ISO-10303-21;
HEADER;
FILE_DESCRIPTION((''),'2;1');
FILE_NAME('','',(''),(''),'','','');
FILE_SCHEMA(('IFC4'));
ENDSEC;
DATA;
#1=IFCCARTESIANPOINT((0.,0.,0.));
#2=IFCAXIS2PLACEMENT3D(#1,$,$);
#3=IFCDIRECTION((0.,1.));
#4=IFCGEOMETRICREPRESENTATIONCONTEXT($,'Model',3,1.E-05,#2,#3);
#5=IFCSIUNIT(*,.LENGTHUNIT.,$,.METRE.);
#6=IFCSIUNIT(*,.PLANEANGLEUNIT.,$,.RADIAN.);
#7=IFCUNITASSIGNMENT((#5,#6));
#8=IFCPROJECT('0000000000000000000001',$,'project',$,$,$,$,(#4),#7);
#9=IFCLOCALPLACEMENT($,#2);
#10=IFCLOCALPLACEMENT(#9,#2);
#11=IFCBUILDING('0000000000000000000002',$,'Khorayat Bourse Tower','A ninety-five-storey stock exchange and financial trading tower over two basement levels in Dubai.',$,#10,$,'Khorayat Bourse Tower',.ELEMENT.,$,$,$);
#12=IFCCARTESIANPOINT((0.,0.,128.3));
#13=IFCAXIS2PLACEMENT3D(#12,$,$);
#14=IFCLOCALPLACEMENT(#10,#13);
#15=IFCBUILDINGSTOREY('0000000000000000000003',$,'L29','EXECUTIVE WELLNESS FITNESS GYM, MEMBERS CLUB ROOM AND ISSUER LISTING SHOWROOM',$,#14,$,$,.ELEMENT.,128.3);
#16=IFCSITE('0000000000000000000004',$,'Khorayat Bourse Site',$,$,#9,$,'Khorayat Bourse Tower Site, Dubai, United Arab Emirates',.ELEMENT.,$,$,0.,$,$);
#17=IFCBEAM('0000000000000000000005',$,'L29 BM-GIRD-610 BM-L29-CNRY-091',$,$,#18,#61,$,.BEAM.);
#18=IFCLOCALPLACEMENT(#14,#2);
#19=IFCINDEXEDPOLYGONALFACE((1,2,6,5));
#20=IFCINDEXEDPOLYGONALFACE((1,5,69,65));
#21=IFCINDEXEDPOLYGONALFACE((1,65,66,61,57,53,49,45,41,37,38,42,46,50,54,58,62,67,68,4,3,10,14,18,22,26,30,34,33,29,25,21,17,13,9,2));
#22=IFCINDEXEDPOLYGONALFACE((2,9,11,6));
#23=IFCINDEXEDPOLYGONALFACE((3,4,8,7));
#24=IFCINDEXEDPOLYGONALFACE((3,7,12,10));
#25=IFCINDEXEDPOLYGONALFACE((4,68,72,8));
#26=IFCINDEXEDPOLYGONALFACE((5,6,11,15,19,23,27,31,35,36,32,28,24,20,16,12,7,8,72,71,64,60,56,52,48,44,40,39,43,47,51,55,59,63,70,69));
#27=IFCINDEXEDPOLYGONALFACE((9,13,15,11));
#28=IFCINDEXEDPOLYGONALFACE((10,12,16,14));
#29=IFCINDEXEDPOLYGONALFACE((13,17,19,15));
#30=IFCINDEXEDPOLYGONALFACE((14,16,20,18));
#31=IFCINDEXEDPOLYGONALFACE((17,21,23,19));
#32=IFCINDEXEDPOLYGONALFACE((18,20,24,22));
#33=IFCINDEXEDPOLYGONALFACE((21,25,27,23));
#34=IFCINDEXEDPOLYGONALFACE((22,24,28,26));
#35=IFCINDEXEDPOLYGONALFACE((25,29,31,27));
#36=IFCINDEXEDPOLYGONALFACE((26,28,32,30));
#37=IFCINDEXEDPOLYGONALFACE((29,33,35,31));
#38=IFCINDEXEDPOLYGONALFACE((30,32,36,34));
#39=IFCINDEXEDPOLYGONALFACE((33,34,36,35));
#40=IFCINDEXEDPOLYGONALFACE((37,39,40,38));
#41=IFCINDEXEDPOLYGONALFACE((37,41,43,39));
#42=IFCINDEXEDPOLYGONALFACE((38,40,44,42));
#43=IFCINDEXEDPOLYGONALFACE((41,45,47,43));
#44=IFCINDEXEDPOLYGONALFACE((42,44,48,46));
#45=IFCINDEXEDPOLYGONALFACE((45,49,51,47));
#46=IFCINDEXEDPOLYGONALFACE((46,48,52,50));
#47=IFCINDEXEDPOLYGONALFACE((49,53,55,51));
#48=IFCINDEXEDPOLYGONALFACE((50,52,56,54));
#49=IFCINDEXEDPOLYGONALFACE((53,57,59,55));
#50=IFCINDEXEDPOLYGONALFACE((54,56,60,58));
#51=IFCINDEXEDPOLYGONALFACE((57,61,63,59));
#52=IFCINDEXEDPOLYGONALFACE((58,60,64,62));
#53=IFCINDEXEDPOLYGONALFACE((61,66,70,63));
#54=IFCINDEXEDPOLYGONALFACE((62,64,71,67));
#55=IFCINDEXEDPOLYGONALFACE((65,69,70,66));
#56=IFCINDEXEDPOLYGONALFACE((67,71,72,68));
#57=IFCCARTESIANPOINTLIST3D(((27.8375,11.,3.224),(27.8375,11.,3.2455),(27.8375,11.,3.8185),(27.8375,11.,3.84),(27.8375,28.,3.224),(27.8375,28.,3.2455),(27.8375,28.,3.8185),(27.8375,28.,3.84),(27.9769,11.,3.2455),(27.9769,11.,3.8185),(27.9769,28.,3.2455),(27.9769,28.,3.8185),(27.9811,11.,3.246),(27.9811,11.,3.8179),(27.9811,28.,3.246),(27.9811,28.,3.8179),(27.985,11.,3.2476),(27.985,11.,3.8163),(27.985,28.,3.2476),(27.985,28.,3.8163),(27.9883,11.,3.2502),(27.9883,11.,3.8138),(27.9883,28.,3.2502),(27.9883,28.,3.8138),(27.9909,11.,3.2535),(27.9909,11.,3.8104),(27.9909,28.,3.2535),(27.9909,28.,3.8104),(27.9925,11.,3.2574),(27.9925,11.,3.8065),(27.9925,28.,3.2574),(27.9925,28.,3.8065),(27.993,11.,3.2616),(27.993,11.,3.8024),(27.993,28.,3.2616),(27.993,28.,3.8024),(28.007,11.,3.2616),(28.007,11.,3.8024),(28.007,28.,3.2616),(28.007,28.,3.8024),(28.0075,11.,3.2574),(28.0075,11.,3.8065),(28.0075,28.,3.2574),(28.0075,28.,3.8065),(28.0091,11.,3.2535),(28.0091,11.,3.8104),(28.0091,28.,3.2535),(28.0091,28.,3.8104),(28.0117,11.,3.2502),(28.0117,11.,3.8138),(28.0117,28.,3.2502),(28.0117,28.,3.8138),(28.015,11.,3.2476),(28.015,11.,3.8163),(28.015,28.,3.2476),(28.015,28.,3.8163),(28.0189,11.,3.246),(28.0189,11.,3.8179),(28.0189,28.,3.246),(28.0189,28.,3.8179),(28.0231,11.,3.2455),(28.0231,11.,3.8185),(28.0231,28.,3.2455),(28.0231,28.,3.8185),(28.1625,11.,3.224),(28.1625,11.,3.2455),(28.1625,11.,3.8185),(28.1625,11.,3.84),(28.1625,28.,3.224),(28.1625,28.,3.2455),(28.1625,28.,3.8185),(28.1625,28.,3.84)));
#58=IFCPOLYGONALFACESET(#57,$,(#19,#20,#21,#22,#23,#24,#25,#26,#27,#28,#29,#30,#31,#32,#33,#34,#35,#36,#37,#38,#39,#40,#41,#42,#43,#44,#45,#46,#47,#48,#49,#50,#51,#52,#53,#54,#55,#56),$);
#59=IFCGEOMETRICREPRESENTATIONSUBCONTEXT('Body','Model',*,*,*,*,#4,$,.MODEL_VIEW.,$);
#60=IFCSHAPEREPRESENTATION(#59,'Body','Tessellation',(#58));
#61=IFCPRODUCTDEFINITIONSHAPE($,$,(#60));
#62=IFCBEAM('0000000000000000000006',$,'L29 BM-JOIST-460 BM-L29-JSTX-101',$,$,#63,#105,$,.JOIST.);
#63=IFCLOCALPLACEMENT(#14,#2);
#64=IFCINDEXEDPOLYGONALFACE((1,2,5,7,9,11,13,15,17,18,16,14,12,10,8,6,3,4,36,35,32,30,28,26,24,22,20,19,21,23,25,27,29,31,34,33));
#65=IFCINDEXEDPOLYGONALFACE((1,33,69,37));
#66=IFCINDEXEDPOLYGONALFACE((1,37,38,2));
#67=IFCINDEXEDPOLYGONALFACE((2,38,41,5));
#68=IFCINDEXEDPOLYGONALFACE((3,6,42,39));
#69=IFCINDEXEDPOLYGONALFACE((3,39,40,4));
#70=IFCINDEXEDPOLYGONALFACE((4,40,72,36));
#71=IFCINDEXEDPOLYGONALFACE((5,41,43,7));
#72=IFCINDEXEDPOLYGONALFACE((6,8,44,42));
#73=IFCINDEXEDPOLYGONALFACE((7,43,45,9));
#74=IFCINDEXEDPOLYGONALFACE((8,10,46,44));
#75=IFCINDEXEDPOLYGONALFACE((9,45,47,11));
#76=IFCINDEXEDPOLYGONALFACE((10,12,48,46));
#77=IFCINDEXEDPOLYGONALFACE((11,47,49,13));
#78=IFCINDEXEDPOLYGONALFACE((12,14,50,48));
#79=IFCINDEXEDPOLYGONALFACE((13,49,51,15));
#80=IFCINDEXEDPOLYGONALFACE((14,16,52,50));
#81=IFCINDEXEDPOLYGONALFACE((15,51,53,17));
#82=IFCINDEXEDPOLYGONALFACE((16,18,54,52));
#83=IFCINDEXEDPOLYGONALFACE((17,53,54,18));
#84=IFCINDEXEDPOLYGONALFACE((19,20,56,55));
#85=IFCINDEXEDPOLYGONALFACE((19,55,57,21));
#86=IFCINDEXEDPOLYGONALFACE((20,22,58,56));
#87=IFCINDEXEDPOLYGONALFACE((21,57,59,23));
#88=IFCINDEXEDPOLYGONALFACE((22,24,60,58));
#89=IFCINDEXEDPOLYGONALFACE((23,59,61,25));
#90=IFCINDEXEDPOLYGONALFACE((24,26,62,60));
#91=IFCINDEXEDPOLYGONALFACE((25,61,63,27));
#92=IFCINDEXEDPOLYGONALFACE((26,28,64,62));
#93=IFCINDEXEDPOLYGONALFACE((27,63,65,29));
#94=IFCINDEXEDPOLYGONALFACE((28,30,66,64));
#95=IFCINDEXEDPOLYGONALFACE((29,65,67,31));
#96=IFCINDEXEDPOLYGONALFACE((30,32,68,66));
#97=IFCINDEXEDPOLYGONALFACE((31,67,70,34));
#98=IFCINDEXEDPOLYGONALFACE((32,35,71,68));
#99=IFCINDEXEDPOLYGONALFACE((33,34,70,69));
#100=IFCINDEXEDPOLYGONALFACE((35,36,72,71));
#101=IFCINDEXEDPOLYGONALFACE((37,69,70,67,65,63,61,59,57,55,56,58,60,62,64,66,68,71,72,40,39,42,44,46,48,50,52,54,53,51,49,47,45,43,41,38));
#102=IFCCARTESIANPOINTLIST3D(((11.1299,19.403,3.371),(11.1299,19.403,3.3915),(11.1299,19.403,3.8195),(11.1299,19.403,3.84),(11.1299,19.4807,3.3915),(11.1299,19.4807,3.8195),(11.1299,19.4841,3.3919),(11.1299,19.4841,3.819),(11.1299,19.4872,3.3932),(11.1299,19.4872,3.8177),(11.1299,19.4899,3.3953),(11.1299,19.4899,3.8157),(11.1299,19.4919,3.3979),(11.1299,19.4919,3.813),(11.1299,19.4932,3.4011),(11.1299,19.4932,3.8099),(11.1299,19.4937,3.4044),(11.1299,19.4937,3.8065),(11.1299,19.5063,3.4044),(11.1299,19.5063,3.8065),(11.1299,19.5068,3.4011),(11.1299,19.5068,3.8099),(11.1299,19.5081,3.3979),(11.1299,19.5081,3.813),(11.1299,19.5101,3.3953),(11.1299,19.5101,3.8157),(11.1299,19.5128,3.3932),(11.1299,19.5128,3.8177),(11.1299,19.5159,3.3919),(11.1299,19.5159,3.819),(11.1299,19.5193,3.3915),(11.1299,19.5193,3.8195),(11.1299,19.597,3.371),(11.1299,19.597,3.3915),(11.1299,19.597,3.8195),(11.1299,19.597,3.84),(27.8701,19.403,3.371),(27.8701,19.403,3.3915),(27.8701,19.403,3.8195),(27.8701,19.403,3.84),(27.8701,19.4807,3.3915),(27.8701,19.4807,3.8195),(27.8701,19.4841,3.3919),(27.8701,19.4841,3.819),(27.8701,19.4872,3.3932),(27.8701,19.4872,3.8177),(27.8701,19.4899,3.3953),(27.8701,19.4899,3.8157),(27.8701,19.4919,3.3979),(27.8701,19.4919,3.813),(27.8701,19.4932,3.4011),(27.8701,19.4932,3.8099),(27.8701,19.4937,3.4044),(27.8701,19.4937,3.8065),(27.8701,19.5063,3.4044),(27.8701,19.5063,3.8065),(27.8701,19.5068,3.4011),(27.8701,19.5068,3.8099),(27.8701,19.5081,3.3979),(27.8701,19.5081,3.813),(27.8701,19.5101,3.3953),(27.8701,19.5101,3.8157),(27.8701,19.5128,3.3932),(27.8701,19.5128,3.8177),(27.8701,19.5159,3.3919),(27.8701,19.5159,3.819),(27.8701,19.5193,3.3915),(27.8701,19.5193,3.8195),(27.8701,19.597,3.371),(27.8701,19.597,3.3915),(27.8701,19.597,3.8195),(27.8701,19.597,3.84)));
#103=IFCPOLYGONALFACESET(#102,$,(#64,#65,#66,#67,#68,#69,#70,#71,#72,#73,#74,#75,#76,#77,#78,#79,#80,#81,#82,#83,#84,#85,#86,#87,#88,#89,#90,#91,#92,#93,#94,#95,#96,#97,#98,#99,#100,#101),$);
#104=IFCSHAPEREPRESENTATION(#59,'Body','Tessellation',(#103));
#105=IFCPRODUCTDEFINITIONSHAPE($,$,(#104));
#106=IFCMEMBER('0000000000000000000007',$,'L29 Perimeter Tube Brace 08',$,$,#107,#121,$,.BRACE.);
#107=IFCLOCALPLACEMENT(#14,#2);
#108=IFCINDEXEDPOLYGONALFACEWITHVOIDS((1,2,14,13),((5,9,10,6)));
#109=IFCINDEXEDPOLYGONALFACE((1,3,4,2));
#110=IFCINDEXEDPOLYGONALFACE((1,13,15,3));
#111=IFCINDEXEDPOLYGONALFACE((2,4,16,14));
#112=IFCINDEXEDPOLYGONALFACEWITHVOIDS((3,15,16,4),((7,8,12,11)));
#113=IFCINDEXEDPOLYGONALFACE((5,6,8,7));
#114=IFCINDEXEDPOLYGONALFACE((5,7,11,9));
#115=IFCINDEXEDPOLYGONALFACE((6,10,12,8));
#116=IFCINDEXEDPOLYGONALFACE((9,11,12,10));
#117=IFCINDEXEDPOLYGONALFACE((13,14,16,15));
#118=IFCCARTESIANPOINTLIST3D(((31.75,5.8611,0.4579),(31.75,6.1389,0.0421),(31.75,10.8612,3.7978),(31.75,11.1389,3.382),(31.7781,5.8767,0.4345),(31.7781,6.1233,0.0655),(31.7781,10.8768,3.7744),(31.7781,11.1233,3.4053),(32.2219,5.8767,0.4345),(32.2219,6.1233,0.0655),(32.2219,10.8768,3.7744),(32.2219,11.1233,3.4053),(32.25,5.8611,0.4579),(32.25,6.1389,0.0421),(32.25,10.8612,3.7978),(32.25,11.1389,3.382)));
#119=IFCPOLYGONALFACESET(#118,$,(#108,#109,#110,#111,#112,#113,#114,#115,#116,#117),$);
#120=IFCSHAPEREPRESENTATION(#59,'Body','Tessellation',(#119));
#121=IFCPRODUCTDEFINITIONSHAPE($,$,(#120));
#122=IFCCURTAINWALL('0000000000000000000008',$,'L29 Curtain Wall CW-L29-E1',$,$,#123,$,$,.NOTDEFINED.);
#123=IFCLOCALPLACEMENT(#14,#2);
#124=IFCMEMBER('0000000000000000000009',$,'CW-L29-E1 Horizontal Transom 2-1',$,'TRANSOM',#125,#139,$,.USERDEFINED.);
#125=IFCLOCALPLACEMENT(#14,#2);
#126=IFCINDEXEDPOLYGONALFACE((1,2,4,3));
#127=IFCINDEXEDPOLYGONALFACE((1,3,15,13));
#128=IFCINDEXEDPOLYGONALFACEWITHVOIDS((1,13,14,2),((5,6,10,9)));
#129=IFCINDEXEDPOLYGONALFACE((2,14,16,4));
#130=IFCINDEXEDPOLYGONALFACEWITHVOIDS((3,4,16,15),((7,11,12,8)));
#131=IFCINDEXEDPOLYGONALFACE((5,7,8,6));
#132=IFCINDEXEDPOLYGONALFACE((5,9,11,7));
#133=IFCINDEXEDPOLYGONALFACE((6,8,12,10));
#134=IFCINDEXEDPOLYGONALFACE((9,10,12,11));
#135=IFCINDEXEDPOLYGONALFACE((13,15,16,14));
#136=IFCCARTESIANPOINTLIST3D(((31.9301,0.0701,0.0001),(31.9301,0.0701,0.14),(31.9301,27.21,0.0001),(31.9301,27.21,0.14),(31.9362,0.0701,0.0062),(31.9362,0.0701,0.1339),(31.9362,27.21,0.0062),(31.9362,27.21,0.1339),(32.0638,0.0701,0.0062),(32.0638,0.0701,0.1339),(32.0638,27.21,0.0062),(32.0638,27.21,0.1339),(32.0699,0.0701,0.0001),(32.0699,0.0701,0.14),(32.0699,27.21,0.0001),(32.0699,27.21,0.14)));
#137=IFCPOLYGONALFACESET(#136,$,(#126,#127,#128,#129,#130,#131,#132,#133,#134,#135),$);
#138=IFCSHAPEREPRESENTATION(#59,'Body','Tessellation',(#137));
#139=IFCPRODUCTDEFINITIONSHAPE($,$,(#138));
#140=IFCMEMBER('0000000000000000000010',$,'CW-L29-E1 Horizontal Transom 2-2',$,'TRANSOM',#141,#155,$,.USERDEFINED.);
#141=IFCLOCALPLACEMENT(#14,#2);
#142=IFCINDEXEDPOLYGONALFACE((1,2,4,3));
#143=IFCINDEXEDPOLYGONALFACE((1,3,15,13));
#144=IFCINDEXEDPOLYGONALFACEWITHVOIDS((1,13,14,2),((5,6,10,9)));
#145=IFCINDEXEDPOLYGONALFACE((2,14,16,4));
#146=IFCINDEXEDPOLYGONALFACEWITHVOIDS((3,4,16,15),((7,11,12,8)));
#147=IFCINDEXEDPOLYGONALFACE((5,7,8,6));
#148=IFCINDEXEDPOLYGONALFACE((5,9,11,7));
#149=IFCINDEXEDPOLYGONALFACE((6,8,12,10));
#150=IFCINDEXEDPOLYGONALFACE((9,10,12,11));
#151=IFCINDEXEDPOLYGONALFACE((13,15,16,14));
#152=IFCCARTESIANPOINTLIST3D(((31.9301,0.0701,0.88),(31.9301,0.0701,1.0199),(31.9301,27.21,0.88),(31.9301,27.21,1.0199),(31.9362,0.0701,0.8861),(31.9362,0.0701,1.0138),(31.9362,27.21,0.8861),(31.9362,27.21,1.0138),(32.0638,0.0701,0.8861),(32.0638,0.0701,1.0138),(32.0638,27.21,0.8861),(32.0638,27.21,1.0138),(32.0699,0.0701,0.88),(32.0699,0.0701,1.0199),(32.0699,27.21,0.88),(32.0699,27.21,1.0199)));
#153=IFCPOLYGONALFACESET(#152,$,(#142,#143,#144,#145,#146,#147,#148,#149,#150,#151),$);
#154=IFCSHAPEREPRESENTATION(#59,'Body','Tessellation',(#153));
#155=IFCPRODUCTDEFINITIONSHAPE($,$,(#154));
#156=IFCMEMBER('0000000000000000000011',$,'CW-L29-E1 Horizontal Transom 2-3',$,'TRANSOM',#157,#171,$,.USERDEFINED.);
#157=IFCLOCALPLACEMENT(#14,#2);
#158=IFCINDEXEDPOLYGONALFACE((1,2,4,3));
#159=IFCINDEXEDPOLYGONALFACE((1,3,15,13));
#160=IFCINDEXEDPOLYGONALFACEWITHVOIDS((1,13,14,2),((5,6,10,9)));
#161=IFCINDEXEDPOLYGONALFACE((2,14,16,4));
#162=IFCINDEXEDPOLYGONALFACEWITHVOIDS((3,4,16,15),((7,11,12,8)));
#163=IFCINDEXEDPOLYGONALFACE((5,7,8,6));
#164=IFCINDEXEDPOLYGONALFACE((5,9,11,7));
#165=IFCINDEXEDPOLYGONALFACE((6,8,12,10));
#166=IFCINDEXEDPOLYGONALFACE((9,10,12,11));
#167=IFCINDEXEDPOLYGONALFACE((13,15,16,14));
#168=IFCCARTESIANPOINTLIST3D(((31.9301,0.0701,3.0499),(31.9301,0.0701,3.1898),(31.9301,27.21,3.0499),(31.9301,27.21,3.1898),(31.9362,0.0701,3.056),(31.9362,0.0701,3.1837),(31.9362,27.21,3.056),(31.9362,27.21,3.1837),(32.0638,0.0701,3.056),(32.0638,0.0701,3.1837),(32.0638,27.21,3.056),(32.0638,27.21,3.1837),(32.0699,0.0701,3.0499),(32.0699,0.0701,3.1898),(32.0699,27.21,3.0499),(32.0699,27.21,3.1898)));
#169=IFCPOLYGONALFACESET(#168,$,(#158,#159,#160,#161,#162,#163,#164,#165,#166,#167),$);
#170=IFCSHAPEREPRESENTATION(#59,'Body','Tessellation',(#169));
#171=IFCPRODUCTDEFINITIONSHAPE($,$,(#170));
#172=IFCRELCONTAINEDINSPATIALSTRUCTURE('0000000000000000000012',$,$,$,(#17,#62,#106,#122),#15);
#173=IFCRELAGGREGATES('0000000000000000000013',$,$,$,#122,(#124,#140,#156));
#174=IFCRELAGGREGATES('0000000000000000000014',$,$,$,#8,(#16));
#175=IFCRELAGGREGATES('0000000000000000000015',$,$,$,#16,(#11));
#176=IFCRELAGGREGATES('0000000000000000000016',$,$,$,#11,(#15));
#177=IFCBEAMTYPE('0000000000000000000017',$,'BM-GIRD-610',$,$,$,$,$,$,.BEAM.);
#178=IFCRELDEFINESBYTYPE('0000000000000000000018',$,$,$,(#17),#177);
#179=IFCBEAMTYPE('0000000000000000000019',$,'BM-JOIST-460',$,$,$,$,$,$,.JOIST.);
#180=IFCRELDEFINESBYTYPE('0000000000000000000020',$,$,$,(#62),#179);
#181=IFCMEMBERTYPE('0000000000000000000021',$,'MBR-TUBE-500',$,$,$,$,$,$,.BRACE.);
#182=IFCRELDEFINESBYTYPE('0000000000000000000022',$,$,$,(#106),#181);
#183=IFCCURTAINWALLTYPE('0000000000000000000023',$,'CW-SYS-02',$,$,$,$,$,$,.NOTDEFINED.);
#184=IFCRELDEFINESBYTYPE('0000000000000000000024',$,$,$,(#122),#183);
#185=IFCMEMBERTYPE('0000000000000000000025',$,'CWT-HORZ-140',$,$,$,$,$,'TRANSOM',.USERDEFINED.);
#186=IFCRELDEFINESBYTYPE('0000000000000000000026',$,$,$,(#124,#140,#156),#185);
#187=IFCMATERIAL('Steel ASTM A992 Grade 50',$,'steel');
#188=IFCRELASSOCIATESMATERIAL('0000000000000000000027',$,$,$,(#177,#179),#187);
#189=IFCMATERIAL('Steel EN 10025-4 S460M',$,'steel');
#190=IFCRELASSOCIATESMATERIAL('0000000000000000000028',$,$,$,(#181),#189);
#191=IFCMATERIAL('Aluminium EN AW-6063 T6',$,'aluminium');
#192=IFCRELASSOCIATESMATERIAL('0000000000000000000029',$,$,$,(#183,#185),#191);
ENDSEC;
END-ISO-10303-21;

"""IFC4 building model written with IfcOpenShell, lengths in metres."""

from ifc_helpers import new_model, si_unit, direction, frame, origin, origin_2d, place, context, subcontext, project, spatial, hollow_rectangle, i_section, extrude, source, transform, mapped, material, material_profile, profile_set, type_object, element, aggregate, save


model = new_model("IFC4")

# Units and contexts
model_context = context("Model", 3, precision=1e-05, world=origin(), true_north=direction((0.0, 1.0)))
body_context = subcontext(model_context, "Body", "Model", "MODEL_VIEW")
ifc_project = project(units=[si_unit("LENGTHUNIT", "METRE"), si_unit("PLANEANGLEUNIT", "RADIAN")], contexts=[model_context])

# Site, building, storey
site_placement = place(None, origin())
site = spatial("IfcSite", under=ifc_project, at=site_placement, Name="Khorayat Bourse Site", LongName="Khorayat Bourse Tower Site, Dubai, United Arab Emirates", CompositionType="ELEMENT", RefElevation=0.0)
building_placement = place(site_placement, origin())
building = spatial("IfcBuilding", under=site, at=building_placement, Name="Khorayat Bourse Tower", Description="A ninety-five-storey stock exchange and financial trading tower over two basement levels in Dubai.", LongName="Khorayat Bourse Tower", CompositionType="ELEMENT")
storey_placement = place(building_placement, frame((0.0, 0.0, 128.3)))
storey = spatial("IfcBuildingStorey", under=building, at=storey_placement, Name="L29", Description="EXECUTIVE WELLNESS FITNESS GYM, MEMBERS CLUB ROOM AND ISSUER LISTING SHOWROOM", CompositionType="ELEMENT", Elevation=128.3)

# Shared definitions
ifc_material_1 = material(Name="Steel EN 10025-4 S460M", Category="steel")

# Beams
ifc_material_2 = material(Name="Steel ASTM A992 Grade 50", Category="steel")
ifc_material_profile_1 = material_profile(ifc_material_2, i_section(OverallWidth=0.325, OverallDepth=0.616, WebThickness=0.0139, FlangeThickness=0.0215, FilletRadius=0.0161, at=origin_2d()), Name="W610X174")
ifc_profile_set_1 = profile_set([ifc_material_profile_1], Name="Steel ASTM A992 Grade 50")
beam_type_1 = type_object("IfcBeamType", Name="BM-GIRD-610", PredefinedType="BEAM", material=ifc_profile_set_1)
ifc_material_profile_2 = material_profile(ifc_material_2, i_section(OverallWidth=0.1941, OverallDepth=0.469, WebThickness=0.0127, FlangeThickness=0.0205, FilletRadius=0.0129, at=origin_2d()), Name="W460X106")
ifc_profile_set_2 = profile_set([ifc_material_profile_2], Name="Steel ASTM A992 Grade 50")
beam_type_2 = type_object("IfcBeamType", Name="BM-JOIST-460", PredefinedType="JOIST", material=ifc_profile_set_2)
shared_shape_1 = source(origin(), body_context, "Body", "SweptSolid", [
    extrude(i_section(OverallWidth=0.325, OverallDepth=0.616, WebThickness=0.0139, FlangeThickness=0.0215, FilletRadius=0.0161, at=origin_2d()), origin(), (0.0, 0.0, 1.0), 17.0),
])
beam_1_placement = place(storey_placement, frame((28.0, 11.0, 3.532), z_axis=(0.0, 1.0, 0.0), x_axis=(-1.0, 0.0, 0.0)))
element("IfcBeam", 1, at=beam_1_placement, inside=storey, type_object=beam_type_1, Name="L29 BM-GIRD-610 BM-L29-CNRY-091", PredefinedType="BEAM", context=body_context, shape_type="MappedRepresentation", body=[
    mapped(shared_shape_1, transform((0.0, 0.0, 0.0), scale=1.0)),
])
shared_shape_2 = source(origin(), body_context, "Body", "SweptSolid", [
    extrude(i_section(OverallWidth=0.1941, OverallDepth=0.469, WebThickness=0.0127, FlangeThickness=0.0205, FilletRadius=0.0129, at=origin_2d()), origin(), (0.0, 0.0, 1.0), 16.7402),
])
beam_2_placement = place(storey_placement, frame((11.1299, 19.5, 3.6055), z_axis=(1.0, 0.0, 0.0), x_axis=(0.0, 1.0, 0.0)))
element("IfcBeam", 2, at=beam_2_placement, inside=storey, type_object=beam_type_2, Name="L29 BM-JOIST-460 BM-L29-JSTX-101", PredefinedType="JOIST", context=body_context, shape_type="MappedRepresentation", body=[
    mapped(shared_shape_2, transform((0.0, 0.0, 0.0), scale=1.0)),
])

# Member
ifc_material_profile_3 = material_profile(ifc_material_1, hollow_rectangle(XDim=0.5, YDim=0.5, WallThickness=0.0281, at=origin_2d()), Name="HSS 500x500x28")
ifc_profile_set_3 = profile_set([ifc_material_profile_3], Name="Steel EN 10025-4 S460M")
member_type_1 = type_object("IfcMemberType", Name="MBR-TUBE-500", PredefinedType="BRACE", material=ifc_profile_set_3)
shared_shape_3 = source(origin(), body_context, "Body", "SweptSolid", [
    extrude(hollow_rectangle(XDim=0.5, YDim=0.5, WallThickness=0.0281, at=origin_2d()), origin(), (0.0, 0.0, 1.0), 6.0129),
])
member_1_placement = place(storey_placement, frame((32.0, 6.0, 0.25), z_axis=(0.0, 0.83155, 0.55545), x_axis=(-1.0, 0.0, 0.0)))
element("IfcMember", 3, at=member_1_placement, inside=storey, type_object=member_type_1, Name="L29 Perimeter Tube Brace 08", PredefinedType="BRACE", context=body_context, shape_type="MappedRepresentation", body=[
    mapped(shared_shape_3, transform((0.0, 0.0, 0.0), scale=1.0)),
])

# Curtain wall, members
ifc_material_3 = material(Name="Aluminium EN AW-6063 T6", Category="aluminium")
curtain_wall_type = type_object("IfcCurtainWallType", Name="CW-SYS-02", PredefinedType="NOTDEFINED", material=ifc_material_3)
curtain_wall_placement = place(storey_placement, origin())
curtain_wall = element("IfcCurtainWall", 4, at=curtain_wall_placement, inside=storey, type_object=curtain_wall_type, Name="L29 Curtain Wall CW-L29-E1", PredefinedType="NOTDEFINED")
ifc_material_profile_4 = material_profile(ifc_material_3, hollow_rectangle(XDim=0.1399, YDim=0.1399, WallThickness=0.0061, at=origin_2d()), Name="ALU 140x140x6")
ifc_profile_set_4 = profile_set([ifc_material_profile_4], Name="Aluminium EN AW-6063 T6")
member_type_2 = type_object("IfcMemberType", Name="CWT-HORZ-140", ElementType="TRANSOM", PredefinedType="USERDEFINED", material=ifc_profile_set_4)
shared_shape_4 = source(origin(), body_context, "Body", "SweptSolid", [
    extrude(hollow_rectangle(XDim=0.1399, YDim=0.1399, WallThickness=0.0061, at=origin_2d()), origin(), (0.0, 0.0, 1.0), 27.1399),
])
member_2_placement = place(storey_placement, frame((32.0, 0.0701, 0.0701), z_axis=(0.0, 1.0, 0.0), x_axis=(-1.0, 0.0, 0.0)))
member_2 = element("IfcMember", 5, at=member_2_placement, type_object=member_type_2, Name="CW-L29-E1 Horizontal Transom 2-1", ObjectType="TRANSOM", PredefinedType="USERDEFINED", context=body_context, shape_type="MappedRepresentation", body=[
    mapped(shared_shape_4, transform((0.0, 0.0, 0.0), scale=1.0)),
])
member_3_placement = place(storey_placement, frame((32.0, 0.0701, 0.95), z_axis=(0.0, 1.0, 0.0), x_axis=(-1.0, 0.0, 0.0)))
member_3 = element("IfcMember", 6, at=member_3_placement, type_object=member_type_2, Name="CW-L29-E1 Horizontal Transom 2-2", ObjectType="TRANSOM", PredefinedType="USERDEFINED", context=body_context, shape_type="MappedRepresentation", body=[
    mapped(shared_shape_4, transform((0.0, 0.0, 0.0), scale=1.0)),
])
member_4_placement = place(storey_placement, frame((32.0, 0.0701, 3.1199), z_axis=(0.0, 1.0, 0.0), x_axis=(-1.0, 0.0, 0.0)))
member_4 = element("IfcMember", 7, at=member_4_placement, type_object=member_type_2, Name="CW-L29-E1 Horizontal Transom 2-3", ObjectType="TRANSOM", PredefinedType="USERDEFINED", context=body_context, shape_type="MappedRepresentation", body=[
    mapped(shared_shape_4, transform((0.0, 0.0, 0.0), scale=1.0)),
])

aggregate(curtain_wall, [member_2, member_3, member_4])

save(model, "model.ifc")
